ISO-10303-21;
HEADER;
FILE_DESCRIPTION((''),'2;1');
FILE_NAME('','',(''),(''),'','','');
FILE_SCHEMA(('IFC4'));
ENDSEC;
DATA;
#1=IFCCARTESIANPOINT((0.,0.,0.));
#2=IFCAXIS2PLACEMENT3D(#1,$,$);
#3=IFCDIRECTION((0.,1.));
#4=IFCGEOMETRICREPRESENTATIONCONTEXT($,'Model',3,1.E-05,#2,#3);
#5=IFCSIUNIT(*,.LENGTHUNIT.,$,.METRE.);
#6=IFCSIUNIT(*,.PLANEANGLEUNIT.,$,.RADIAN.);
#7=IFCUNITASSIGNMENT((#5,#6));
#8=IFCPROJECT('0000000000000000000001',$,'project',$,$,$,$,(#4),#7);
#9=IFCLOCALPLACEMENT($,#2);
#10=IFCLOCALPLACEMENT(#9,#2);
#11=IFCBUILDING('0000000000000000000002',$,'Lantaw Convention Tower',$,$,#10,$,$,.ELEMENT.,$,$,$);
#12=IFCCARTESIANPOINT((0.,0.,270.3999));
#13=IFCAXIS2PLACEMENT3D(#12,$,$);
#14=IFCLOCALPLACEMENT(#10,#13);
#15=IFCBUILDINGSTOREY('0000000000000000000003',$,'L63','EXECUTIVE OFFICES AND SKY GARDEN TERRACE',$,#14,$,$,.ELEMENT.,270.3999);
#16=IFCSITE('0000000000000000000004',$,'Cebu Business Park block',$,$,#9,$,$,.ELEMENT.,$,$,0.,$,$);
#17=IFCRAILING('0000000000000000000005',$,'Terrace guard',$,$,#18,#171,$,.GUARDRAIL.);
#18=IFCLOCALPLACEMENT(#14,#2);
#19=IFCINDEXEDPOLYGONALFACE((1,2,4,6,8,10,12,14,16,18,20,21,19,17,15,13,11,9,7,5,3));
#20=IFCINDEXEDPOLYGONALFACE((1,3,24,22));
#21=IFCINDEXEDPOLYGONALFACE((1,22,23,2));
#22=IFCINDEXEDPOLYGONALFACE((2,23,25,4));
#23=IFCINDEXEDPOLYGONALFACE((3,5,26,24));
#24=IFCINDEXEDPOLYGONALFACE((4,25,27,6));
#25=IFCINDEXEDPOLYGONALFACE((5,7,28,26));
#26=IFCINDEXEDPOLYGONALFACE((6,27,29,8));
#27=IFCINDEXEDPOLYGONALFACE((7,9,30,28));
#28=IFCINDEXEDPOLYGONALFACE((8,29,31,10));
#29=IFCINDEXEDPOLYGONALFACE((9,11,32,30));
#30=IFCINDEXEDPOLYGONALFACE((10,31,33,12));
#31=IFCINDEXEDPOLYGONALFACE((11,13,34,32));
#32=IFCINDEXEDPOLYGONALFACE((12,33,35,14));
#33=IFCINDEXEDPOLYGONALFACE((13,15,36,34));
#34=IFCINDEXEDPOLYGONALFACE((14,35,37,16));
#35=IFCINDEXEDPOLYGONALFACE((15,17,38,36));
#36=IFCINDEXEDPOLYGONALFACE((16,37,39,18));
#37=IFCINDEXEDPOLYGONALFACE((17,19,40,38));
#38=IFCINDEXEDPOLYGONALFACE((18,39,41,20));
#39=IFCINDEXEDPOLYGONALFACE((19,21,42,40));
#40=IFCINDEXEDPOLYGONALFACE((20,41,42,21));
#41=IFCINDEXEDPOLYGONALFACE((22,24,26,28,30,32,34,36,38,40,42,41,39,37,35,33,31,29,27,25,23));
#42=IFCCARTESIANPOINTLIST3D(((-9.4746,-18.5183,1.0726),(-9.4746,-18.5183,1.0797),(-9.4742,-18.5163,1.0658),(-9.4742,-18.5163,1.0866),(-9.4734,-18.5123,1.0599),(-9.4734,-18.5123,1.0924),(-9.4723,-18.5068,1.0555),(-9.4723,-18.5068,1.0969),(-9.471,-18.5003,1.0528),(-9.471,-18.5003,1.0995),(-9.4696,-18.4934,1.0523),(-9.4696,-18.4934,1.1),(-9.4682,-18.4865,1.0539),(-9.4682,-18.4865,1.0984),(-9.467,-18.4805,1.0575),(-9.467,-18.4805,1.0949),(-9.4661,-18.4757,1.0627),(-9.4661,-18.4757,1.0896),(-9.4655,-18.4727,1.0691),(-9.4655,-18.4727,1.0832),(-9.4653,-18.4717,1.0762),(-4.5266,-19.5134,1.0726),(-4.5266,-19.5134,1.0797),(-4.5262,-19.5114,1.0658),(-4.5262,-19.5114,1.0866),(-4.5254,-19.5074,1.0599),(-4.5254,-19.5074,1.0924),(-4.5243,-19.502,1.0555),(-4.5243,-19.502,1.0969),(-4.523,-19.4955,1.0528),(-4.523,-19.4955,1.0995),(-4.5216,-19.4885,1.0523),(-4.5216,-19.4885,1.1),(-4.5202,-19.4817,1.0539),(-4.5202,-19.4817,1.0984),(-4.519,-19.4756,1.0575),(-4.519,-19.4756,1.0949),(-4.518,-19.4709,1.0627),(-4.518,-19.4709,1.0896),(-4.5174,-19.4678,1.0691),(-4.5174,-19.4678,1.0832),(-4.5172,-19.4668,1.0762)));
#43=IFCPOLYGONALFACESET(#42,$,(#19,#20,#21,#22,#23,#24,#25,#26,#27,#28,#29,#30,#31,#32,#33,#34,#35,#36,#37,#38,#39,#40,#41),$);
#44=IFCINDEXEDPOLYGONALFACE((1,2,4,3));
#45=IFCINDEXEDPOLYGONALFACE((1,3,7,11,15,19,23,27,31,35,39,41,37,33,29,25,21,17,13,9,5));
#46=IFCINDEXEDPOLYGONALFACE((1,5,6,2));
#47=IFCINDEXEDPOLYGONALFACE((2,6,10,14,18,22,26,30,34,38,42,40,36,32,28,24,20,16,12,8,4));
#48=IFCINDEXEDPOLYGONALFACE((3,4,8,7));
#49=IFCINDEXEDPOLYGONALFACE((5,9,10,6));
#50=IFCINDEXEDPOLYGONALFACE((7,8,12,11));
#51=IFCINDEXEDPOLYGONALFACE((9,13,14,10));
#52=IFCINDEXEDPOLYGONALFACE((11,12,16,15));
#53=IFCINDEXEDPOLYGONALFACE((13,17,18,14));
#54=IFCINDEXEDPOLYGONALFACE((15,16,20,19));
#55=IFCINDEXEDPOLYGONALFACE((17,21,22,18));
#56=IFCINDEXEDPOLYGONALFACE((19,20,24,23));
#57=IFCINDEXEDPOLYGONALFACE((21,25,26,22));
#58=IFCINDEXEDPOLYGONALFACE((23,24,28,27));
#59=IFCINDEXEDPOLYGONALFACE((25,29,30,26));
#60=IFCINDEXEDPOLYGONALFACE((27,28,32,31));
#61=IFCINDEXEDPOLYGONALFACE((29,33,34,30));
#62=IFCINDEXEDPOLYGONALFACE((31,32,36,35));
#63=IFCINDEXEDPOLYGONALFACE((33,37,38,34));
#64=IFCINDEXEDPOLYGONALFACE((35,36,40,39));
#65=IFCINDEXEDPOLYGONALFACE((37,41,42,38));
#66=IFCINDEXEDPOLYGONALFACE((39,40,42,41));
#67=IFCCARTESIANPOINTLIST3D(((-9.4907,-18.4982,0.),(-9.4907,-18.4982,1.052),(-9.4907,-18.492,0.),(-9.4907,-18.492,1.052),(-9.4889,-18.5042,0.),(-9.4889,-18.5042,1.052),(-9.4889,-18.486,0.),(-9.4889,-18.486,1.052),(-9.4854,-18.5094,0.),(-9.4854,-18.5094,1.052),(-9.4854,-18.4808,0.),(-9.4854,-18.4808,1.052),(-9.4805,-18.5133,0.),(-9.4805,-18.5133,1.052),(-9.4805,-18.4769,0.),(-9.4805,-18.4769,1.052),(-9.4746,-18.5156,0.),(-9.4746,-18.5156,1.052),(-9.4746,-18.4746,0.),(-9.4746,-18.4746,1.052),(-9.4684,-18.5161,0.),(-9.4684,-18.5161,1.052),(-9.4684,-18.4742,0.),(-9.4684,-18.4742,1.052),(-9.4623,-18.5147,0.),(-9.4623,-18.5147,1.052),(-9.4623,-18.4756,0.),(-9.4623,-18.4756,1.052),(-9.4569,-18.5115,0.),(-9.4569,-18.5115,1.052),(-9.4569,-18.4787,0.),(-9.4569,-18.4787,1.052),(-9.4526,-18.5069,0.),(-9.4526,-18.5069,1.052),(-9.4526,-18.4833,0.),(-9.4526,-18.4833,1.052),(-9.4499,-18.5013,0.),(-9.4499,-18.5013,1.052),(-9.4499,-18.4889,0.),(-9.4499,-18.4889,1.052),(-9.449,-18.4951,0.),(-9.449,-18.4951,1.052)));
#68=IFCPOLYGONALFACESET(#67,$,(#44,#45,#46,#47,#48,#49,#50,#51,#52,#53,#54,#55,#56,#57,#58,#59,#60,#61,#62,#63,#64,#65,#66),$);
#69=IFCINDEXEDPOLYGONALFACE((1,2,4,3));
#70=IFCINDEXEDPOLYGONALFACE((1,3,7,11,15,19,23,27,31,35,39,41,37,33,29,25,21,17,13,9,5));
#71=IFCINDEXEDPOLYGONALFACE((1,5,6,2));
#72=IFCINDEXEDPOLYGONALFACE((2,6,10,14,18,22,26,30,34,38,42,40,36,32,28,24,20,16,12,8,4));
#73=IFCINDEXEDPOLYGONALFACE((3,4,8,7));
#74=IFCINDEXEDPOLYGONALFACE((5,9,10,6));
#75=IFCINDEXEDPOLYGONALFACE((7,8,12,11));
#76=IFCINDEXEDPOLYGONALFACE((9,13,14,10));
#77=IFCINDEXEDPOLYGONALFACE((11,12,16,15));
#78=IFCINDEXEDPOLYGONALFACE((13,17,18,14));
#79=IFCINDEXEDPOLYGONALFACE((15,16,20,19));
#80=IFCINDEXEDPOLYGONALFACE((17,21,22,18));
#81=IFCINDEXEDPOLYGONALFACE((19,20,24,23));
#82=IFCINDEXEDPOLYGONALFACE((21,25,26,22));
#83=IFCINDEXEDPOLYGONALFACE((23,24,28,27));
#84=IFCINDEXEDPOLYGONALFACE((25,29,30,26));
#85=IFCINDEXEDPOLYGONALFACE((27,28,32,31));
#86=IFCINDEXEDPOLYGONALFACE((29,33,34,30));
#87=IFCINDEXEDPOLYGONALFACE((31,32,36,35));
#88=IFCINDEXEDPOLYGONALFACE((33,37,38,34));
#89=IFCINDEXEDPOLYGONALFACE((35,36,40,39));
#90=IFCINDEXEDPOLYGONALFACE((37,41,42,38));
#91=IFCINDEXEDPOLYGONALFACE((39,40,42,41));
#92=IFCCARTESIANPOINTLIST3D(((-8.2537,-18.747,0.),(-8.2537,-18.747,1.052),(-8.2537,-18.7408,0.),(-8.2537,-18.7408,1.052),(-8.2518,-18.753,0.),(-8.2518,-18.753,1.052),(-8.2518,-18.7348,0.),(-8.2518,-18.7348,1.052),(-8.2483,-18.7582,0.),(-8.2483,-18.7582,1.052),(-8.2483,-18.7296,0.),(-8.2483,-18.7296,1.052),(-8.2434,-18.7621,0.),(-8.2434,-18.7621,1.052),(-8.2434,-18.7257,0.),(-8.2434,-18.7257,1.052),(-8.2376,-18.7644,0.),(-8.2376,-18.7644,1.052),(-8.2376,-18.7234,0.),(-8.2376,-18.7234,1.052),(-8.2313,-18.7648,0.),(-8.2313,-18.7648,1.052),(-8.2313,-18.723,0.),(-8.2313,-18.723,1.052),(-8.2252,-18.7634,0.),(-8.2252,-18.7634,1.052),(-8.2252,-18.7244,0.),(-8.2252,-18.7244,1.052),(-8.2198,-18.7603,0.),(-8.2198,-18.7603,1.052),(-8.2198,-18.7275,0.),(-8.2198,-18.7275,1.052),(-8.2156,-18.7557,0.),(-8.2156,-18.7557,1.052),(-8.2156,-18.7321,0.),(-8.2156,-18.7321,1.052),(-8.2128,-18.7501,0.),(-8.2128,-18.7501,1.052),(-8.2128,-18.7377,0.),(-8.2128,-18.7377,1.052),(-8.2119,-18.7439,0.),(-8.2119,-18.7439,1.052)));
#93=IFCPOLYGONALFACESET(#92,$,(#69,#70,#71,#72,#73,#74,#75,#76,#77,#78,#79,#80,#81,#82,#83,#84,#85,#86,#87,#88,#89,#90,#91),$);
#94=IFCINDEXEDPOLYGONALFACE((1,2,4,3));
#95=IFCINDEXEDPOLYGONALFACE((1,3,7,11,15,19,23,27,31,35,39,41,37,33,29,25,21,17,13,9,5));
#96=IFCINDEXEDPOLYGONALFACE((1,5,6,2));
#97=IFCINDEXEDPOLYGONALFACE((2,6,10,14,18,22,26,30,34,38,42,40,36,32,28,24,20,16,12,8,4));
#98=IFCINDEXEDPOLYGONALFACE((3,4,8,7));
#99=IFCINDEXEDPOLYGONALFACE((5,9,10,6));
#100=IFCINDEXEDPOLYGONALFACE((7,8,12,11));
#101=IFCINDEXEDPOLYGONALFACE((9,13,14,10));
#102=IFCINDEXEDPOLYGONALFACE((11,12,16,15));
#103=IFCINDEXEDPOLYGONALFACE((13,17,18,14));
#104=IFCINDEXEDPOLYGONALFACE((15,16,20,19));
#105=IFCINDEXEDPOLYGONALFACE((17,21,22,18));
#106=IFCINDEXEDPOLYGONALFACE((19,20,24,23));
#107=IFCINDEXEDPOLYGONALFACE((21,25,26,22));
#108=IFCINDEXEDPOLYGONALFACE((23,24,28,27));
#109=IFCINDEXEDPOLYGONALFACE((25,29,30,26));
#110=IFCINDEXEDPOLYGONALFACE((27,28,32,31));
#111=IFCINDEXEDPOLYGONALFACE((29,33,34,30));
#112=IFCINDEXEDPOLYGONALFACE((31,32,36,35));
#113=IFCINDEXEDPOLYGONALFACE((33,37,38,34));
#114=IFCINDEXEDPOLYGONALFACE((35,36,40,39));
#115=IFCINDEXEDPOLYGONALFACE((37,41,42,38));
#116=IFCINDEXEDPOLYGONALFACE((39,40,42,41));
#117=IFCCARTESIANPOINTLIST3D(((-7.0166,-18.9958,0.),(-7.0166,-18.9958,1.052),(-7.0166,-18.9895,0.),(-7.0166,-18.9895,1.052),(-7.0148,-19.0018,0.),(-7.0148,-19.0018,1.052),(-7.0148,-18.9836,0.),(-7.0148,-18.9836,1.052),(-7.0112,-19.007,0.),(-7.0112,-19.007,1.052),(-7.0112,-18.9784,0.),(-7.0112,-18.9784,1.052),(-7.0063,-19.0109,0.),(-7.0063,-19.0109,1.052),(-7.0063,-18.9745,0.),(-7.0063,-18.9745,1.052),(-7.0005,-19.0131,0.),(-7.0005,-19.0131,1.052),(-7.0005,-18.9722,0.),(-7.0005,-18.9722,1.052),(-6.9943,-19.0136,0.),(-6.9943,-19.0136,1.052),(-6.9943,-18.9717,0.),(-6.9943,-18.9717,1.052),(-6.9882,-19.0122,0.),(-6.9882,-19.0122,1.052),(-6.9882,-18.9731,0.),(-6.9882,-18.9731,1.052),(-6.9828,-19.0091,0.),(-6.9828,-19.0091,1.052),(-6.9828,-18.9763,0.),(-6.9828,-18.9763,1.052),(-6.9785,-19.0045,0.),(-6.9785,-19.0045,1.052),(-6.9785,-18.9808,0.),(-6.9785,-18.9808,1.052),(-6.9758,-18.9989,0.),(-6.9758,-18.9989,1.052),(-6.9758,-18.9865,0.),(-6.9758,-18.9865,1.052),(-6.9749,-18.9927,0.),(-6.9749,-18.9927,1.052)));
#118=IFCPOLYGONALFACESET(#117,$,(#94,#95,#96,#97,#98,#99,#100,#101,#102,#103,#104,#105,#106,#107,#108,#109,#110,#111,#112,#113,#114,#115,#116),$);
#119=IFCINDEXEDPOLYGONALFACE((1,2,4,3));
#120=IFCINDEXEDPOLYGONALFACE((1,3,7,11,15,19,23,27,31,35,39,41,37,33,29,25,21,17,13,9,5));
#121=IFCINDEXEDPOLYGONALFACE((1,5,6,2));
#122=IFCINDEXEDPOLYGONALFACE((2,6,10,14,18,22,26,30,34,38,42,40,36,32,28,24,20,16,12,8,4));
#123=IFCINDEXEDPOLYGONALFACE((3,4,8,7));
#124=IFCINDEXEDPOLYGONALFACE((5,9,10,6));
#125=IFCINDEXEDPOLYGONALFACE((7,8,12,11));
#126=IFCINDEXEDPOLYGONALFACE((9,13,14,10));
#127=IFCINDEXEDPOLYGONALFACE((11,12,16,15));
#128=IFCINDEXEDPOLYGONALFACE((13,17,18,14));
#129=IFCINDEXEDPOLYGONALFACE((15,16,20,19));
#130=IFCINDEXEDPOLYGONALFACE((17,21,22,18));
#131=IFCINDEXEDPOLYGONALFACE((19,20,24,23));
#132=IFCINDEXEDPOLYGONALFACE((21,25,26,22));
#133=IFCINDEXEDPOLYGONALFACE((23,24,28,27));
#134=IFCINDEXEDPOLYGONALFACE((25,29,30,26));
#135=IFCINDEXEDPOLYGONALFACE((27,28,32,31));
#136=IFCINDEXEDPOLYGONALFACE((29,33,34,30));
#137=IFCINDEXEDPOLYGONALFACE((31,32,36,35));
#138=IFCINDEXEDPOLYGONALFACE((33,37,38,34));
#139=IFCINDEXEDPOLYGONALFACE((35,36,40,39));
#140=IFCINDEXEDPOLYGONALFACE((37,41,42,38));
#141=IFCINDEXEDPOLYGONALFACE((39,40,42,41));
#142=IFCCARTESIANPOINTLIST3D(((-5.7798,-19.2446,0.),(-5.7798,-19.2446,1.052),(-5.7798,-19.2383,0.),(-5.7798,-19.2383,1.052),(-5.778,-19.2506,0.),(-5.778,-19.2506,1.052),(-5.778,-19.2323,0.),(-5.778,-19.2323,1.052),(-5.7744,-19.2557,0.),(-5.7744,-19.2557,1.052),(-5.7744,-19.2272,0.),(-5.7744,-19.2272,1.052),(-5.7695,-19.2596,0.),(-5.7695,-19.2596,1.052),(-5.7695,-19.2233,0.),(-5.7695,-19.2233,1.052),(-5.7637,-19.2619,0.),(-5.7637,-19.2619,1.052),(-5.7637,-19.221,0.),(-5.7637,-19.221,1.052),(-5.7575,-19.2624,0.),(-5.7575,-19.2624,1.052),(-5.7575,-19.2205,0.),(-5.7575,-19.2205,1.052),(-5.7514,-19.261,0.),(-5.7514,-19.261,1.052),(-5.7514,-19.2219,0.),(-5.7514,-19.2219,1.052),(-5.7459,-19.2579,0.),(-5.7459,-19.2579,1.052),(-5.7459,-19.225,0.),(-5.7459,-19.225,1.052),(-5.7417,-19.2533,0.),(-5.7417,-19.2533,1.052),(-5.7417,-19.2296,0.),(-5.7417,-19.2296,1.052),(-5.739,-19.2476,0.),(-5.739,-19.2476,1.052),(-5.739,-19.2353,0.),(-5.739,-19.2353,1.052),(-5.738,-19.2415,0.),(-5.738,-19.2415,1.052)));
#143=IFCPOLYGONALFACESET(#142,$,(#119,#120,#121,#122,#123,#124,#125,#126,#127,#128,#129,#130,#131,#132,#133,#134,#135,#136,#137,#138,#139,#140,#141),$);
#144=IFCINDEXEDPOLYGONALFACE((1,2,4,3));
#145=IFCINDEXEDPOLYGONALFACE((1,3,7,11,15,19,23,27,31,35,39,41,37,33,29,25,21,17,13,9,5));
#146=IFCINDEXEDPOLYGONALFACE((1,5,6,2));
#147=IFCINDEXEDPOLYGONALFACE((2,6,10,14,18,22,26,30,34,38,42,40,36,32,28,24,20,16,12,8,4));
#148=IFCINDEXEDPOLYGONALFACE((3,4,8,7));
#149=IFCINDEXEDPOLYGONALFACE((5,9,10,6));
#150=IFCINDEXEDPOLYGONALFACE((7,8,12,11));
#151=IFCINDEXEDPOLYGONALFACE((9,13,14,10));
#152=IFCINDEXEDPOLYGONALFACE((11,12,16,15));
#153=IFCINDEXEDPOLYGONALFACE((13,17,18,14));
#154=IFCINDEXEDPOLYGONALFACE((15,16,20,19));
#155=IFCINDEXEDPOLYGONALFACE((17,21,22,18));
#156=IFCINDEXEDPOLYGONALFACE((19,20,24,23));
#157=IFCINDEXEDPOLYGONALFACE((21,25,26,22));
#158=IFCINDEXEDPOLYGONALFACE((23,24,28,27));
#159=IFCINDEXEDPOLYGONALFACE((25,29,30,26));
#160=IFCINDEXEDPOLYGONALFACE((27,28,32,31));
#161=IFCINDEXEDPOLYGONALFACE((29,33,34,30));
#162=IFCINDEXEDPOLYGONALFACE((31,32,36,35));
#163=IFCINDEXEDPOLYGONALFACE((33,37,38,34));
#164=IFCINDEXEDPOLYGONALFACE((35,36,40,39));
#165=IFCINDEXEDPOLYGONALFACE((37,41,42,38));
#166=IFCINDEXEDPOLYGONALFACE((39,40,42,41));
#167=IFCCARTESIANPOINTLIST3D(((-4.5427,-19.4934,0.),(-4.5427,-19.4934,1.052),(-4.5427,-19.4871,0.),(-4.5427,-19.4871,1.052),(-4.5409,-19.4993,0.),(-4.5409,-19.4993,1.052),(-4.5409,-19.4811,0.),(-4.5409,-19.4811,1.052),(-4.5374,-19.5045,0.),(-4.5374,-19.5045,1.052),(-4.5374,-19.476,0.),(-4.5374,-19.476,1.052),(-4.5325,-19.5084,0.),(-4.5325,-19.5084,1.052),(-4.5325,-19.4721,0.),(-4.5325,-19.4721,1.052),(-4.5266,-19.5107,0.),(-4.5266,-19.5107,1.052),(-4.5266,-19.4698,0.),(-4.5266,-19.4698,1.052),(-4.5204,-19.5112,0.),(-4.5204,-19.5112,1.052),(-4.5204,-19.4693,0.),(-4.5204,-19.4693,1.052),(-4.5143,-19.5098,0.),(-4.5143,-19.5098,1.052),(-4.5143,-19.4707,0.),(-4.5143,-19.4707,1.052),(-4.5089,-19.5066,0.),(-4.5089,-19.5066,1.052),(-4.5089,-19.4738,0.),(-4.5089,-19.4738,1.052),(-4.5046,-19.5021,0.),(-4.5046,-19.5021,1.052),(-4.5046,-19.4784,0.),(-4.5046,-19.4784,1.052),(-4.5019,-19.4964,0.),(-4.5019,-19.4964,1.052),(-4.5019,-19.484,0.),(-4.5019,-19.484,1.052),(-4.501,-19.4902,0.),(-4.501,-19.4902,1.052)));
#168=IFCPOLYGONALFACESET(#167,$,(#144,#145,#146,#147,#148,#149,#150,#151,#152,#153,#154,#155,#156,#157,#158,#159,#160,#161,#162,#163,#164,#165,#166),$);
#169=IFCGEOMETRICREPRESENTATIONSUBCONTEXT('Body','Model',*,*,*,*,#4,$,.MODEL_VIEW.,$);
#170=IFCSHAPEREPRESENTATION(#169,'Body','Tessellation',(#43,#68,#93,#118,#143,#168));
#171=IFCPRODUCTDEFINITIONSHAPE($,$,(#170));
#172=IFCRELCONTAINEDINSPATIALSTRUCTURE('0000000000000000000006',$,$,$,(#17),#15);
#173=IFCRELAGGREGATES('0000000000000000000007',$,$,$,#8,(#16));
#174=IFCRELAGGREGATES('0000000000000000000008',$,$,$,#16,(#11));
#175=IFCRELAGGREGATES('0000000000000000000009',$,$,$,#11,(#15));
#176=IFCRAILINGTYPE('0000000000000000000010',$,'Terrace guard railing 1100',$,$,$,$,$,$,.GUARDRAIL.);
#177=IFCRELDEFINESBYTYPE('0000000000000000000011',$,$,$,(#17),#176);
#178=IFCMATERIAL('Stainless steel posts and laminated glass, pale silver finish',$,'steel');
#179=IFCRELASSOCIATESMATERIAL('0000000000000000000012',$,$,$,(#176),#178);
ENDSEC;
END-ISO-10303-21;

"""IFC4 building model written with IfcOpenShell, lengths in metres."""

from ifc_helpers import new_model, si_unit, direction, frame, origin, origin_2d, place, context, subcontext, project, spatial, circle, extrude, material, type_object, element, save


model = new_model("IFC4")

# Units and contexts
model_context = context("Model", 3, precision=1e-05, world=origin(), true_north=direction((0.0, 1.0)))
body_context = subcontext(model_context, "Body", "Model", "MODEL_VIEW")
ifc_project = project(units=[si_unit("LENGTHUNIT", "METRE"), si_unit("PLANEANGLEUNIT", "RADIAN")], contexts=[model_context])

# Site, building, storey
site_placement = place(None, origin())
site = spatial("IfcSite", under=ifc_project, at=site_placement, Name="Cebu Business Park block", CompositionType="ELEMENT", RefElevation=0.0)
building_placement = place(site_placement, origin())
building = spatial("IfcBuilding", under=site, at=building_placement, Name="Lantaw Convention Tower", CompositionType="ELEMENT")
storey_placement = place(building_placement, frame((0.0, 0.0, 270.3999)))
storey = spatial("IfcBuildingStorey", under=building, at=storey_placement, Name="L63", Description="EXECUTIVE OFFICES AND SKY GARDEN TERRACE", CompositionType="ELEMENT", Elevation=270.3999)

# Railing
ifc_material_1 = material(Name="Stainless steel posts and laminated glass, pale silver finish", Category="steel")
railing_type = type_object("IfcRailingType", Name="Terrace guard railing 1100", PredefinedType="GUARDRAIL", material=ifc_material_1)
railing_1_placement = place(storey_placement, frame((-9.47, -18.4951, 0.0)))
element("IfcRailing", 1, at=railing_1_placement, inside=storey, type_object=railing_type, Name="Terrace guard", PredefinedType="GUARDRAIL", context=body_context, shape_type="SweptSolid", body=[
    extrude(circle(Radius=0.0239, at=origin_2d()), frame((0.0, 0.0, 1.0762), z_axis=(0.98037, -0.197167, 0.0), x_axis=(0.197167, 0.98037, 0.0)), (0.0, 0.0, 1.0), 5.0471),
    extrude(circle(Radius=0.021, at=origin_2d()), origin(), (0.0, 0.0, 1.0), 1.052),
    extrude(circle(Radius=0.021, at=origin_2d()), frame((1.2371, -0.2488, 0.0)), (0.0, 0.0, 1.0), 1.052),
    extrude(circle(Radius=0.021, at=origin_2d()), frame((2.4741, -0.4976, 0.0)), (0.0, 0.0, 1.0), 1.052),
    extrude(circle(Radius=0.021, at=origin_2d()), frame((3.7109, -0.7463, 0.0)), (0.0, 0.0, 1.0), 1.052),
    extrude(circle(Radius=0.021, at=origin_2d()), frame((4.948, -0.9951, 0.0)), (0.0, 0.0, 1.0), 1.052),
])

save(model, "model.ifc")
